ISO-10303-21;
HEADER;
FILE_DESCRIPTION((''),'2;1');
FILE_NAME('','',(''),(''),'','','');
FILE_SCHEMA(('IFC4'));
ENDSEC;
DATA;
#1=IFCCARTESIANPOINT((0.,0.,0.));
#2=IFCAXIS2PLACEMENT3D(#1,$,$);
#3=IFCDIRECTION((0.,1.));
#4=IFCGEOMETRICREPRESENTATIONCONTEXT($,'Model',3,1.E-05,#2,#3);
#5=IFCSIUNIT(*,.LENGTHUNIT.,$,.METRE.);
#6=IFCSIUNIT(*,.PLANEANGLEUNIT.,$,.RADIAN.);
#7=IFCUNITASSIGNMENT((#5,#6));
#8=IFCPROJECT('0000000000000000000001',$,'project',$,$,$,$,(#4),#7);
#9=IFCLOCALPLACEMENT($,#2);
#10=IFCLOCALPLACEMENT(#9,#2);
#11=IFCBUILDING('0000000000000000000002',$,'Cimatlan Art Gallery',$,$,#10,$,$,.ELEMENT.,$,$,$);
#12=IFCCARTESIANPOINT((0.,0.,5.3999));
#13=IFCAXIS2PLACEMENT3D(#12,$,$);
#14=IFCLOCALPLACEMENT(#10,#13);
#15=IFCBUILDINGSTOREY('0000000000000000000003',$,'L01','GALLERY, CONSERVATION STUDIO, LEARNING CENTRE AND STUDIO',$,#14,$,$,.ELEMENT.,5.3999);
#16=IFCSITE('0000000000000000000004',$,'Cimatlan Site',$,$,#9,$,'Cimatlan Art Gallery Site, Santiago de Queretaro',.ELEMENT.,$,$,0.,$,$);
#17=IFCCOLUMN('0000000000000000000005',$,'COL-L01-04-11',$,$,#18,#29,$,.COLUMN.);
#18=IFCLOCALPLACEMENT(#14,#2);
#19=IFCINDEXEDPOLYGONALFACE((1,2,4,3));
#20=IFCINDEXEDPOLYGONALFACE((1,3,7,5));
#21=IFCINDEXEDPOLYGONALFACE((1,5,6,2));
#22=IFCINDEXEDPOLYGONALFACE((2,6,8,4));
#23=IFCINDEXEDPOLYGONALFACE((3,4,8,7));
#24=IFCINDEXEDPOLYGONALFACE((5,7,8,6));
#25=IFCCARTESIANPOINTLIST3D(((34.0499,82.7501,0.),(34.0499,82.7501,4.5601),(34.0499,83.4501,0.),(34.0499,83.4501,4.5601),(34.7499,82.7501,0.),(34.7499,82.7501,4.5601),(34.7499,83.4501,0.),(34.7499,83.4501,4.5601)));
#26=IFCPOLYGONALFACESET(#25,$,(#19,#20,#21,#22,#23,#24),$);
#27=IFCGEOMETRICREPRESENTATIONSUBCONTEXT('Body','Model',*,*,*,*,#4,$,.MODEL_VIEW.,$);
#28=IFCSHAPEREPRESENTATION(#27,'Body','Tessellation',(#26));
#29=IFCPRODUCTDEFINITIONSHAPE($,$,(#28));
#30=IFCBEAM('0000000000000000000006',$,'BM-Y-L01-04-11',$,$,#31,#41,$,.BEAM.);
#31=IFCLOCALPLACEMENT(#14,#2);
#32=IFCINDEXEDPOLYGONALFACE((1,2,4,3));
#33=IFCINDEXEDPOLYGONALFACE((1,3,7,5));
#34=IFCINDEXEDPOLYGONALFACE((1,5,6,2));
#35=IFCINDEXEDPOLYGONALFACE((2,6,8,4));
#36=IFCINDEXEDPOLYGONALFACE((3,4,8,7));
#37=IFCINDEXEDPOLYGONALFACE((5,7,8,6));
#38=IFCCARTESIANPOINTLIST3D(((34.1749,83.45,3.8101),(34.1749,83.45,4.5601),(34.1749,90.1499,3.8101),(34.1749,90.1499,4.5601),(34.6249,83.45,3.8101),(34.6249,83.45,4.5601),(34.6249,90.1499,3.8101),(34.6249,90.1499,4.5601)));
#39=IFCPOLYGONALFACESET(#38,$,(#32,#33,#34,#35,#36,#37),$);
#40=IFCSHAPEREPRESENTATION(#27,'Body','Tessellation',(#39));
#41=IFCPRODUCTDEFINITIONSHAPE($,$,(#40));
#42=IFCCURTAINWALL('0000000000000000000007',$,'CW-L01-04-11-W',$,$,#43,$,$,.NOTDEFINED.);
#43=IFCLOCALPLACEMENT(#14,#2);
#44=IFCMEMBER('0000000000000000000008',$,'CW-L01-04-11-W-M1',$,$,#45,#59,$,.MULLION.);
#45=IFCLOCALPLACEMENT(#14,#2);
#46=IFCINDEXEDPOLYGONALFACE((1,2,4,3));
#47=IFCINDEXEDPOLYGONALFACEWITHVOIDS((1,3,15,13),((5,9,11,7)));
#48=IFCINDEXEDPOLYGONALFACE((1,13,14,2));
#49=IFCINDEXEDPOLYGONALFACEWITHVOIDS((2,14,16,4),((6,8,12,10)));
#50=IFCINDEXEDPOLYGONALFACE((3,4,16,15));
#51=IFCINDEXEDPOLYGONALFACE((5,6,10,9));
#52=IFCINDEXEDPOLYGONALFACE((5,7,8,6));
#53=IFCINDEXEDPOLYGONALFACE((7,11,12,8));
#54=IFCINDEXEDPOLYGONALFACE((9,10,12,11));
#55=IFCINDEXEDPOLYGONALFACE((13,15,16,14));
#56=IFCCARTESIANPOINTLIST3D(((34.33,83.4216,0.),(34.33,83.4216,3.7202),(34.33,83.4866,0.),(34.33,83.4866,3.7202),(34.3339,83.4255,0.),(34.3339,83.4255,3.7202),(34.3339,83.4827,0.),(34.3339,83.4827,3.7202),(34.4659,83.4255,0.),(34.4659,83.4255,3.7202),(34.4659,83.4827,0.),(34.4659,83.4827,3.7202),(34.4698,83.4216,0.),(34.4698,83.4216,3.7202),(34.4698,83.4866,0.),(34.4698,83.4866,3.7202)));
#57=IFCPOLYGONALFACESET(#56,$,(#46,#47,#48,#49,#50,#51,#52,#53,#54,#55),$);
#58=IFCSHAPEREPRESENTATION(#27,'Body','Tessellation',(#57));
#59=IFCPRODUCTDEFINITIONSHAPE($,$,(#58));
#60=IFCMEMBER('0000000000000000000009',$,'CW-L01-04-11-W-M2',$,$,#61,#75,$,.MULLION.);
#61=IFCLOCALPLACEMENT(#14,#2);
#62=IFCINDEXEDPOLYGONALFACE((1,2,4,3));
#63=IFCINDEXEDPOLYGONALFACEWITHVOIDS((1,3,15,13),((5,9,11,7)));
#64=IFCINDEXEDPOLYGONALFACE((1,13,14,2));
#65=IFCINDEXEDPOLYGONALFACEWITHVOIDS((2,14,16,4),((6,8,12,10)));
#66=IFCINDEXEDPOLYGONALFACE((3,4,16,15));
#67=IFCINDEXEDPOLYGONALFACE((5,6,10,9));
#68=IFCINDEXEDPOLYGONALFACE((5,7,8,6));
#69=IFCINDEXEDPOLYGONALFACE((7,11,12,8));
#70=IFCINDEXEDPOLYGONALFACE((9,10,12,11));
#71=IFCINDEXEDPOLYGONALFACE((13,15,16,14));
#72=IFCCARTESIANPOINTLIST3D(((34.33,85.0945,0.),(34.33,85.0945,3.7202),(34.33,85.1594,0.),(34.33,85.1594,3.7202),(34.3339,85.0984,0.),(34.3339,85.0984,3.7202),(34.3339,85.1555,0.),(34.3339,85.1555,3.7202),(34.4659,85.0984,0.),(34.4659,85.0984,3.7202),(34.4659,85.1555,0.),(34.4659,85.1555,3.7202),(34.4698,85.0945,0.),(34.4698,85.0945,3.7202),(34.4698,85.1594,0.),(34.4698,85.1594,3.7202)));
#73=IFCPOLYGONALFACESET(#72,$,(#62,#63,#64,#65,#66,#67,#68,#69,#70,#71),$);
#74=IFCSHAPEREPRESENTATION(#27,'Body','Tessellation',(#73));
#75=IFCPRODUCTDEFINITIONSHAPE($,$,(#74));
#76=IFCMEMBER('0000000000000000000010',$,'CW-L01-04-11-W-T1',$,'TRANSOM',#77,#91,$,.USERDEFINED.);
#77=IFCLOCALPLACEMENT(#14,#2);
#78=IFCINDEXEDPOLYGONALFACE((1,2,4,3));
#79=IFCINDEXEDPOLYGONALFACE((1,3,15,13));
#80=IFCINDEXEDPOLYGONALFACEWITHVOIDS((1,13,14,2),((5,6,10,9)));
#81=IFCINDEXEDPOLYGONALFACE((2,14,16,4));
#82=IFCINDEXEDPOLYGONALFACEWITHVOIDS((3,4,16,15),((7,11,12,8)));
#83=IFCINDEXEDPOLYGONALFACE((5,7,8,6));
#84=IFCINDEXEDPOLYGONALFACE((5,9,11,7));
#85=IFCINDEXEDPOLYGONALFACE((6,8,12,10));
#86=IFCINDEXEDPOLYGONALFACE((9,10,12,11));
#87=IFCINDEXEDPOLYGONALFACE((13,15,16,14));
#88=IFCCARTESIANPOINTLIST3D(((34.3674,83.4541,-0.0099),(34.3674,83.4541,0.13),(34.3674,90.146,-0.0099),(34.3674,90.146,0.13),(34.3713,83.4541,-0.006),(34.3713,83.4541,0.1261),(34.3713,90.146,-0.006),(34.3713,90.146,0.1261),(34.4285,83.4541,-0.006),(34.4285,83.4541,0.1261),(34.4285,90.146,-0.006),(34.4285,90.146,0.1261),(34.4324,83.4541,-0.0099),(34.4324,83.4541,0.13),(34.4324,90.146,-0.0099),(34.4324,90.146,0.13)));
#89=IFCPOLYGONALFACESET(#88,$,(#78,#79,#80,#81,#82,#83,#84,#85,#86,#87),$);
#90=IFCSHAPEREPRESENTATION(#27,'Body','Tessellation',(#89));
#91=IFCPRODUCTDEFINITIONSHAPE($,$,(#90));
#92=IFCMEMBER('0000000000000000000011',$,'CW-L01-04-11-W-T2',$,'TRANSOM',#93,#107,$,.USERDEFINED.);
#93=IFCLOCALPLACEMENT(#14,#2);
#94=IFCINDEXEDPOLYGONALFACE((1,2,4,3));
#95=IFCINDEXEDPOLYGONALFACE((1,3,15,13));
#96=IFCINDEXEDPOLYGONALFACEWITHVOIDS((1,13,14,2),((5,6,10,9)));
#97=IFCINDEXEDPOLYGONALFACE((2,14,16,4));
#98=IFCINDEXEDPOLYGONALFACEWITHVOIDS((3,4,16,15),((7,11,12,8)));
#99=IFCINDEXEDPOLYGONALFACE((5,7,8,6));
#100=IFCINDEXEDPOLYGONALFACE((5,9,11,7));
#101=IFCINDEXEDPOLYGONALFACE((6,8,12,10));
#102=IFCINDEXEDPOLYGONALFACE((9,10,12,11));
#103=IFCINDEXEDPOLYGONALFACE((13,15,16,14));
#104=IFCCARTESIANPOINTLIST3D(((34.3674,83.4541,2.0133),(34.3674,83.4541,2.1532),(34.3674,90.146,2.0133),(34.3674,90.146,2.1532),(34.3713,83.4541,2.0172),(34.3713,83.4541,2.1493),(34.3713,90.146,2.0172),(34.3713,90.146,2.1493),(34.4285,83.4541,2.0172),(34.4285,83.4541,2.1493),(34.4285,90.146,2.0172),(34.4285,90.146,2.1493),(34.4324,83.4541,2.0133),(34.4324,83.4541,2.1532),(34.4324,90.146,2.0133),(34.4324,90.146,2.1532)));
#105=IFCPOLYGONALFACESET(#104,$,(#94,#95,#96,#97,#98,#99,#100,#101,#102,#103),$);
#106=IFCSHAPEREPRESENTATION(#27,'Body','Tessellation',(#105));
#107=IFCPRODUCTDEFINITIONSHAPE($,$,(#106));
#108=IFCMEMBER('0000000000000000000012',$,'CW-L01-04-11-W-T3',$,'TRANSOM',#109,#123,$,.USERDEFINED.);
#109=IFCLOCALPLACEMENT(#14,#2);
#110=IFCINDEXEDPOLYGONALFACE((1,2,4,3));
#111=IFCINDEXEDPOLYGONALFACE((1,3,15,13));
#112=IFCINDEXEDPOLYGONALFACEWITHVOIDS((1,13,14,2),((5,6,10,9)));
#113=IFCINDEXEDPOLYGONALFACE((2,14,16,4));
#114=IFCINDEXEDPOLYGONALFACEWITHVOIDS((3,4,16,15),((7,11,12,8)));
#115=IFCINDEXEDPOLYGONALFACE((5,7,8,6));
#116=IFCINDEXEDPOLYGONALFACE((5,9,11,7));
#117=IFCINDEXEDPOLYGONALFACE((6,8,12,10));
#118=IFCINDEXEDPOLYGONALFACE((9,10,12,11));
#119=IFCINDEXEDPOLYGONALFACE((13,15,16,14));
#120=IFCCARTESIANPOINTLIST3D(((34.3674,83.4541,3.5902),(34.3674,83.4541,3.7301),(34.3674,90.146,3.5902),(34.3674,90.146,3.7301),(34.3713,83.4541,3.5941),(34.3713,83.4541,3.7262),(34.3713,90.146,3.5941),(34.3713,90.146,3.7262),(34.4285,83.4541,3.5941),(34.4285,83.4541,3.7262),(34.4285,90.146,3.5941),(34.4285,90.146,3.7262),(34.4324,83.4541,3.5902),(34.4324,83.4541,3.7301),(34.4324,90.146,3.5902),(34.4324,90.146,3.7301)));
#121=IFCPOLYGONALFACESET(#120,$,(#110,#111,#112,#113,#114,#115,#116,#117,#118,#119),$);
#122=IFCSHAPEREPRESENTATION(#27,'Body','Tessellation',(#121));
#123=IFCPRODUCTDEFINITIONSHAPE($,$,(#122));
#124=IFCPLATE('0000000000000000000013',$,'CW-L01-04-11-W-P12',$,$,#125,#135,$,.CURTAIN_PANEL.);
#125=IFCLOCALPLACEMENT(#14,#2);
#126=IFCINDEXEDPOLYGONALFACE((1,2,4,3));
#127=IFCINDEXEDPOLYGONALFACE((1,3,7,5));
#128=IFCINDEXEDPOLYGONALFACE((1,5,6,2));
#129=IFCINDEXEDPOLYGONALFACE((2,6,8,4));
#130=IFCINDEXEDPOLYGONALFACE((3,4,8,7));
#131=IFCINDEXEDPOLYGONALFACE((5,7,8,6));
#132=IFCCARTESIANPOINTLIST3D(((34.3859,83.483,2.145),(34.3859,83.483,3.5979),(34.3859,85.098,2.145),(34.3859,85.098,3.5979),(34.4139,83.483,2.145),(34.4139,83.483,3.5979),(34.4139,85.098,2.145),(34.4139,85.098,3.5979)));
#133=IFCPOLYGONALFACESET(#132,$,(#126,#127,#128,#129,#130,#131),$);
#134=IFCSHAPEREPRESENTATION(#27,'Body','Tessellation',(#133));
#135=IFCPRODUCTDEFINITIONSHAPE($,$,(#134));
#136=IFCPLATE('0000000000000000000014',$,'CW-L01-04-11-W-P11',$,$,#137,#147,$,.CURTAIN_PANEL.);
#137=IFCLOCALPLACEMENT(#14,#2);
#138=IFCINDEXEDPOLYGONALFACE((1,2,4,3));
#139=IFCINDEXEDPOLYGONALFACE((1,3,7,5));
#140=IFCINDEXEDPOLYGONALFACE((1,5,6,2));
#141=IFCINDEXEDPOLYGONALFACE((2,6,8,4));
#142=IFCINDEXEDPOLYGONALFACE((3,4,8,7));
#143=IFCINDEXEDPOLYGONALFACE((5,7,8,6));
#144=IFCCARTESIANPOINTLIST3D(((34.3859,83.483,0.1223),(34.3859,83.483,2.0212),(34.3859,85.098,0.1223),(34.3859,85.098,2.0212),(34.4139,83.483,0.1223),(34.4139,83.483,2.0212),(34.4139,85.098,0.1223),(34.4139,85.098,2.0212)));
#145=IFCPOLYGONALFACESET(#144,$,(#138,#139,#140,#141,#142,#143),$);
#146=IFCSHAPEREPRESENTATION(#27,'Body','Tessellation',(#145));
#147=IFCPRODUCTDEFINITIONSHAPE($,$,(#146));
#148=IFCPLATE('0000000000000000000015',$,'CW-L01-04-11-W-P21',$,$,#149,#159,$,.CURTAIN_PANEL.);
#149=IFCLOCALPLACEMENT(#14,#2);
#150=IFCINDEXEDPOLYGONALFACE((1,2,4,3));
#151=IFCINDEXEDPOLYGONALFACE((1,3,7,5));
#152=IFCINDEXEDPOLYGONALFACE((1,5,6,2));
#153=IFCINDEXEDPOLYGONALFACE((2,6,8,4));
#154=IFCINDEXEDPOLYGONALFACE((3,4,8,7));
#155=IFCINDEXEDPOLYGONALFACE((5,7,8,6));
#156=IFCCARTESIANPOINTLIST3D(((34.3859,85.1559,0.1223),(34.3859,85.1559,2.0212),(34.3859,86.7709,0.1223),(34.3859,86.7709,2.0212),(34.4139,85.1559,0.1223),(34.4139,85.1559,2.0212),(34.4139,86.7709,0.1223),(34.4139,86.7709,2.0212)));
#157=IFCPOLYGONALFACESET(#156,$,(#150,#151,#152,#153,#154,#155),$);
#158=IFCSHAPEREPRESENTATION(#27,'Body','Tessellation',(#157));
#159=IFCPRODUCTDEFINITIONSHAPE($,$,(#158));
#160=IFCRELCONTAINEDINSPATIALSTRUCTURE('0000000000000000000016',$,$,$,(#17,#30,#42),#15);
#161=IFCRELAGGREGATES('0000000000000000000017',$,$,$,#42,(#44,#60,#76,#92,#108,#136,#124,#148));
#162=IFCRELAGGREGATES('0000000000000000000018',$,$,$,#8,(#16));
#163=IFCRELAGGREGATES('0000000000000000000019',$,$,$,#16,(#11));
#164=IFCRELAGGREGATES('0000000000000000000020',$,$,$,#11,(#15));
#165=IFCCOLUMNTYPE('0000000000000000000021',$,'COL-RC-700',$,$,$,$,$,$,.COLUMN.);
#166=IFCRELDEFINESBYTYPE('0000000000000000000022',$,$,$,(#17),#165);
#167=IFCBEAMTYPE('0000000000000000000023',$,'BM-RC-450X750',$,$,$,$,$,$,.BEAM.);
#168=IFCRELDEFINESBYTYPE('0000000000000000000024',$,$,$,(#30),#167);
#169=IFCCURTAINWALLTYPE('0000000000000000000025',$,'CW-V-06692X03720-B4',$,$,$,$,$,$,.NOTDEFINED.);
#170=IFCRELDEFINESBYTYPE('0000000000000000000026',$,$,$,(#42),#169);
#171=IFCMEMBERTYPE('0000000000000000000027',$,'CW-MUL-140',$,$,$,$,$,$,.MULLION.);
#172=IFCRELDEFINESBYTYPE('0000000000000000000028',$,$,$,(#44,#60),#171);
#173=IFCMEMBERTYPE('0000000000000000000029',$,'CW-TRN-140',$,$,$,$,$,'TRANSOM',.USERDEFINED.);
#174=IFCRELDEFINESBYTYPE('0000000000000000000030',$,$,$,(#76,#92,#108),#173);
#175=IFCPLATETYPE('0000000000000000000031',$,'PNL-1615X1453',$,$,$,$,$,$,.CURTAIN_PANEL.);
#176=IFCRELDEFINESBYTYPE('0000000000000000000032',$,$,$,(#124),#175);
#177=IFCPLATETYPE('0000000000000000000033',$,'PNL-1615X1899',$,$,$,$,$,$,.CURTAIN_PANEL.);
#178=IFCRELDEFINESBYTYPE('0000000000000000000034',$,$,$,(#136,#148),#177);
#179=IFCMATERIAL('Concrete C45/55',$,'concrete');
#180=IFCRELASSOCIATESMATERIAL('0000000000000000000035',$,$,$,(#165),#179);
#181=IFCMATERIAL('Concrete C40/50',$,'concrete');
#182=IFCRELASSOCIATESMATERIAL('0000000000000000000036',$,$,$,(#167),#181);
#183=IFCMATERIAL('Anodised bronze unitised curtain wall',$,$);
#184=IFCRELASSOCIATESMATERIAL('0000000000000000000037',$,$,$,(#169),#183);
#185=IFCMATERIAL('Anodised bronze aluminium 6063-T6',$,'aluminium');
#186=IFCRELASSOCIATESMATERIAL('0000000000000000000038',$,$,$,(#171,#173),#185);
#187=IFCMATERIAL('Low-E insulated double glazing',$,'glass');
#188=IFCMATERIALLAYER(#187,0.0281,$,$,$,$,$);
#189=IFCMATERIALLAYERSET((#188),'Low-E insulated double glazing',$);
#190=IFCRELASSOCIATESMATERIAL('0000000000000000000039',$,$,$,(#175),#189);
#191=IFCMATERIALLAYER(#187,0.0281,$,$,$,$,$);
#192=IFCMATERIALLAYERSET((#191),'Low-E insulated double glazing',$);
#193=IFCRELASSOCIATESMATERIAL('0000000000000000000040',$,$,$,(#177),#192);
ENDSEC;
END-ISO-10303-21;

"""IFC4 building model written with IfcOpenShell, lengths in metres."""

from ifc_helpers import new_model, si_unit, direction, frame, origin, origin_2d, place, context, subcontext, project, spatial, rectangle, hollow_rectangle, extrude, material, layer, layer_set, material_profile, profile_set, type_object, element, aggregate, save


model = new_model("IFC4")

# Units and contexts
model_context = context("Model", 3, precision=1e-05, world=origin(), true_north=direction((0.0, 1.0)))
body_context = subcontext(model_context, "Body", "Model", "MODEL_VIEW")
ifc_project = project(units=[si_unit("LENGTHUNIT", "METRE"), si_unit("PLANEANGLEUNIT", "RADIAN")], contexts=[model_context])

# Site, building, storey
site_placement = place(None, origin())
site = spatial("IfcSite", under=ifc_project, at=site_placement, Name="Cimatlan Site", LongName="Cimatlan Art Gallery Site, Santiago de Queretaro", CompositionType="ELEMENT", RefElevation=0.0)
building_placement = place(site_placement, origin())
building = spatial("IfcBuilding", under=site, at=building_placement, Name="Cimatlan Art Gallery", CompositionType="ELEMENT")
storey_placement = place(building_placement, frame((0.0, 0.0, 5.3999)))
storey = spatial("IfcBuildingStorey", under=building, at=storey_placement, Name="L01", Description="GALLERY, CONSERVATION STUDIO, LEARNING CENTRE AND STUDIO", CompositionType="ELEMENT", Elevation=5.3999)

# Column
ifc_material_1 = material(Name="Concrete C45/55", Category="concrete")
ifc_material_profile_1 = material_profile(ifc_material_1, rectangle(XDim=0.7, YDim=0.7, at=origin_2d()), Name="RC700X700")
ifc_profile_set_1 = profile_set([ifc_material_profile_1], Name="Concrete C45/55")
column_type = type_object("IfcColumnType", Name="COL-RC-700", PredefinedType="COLUMN", material=ifc_profile_set_1)
column_placement = place(storey_placement, frame((34.3999, 83.1001, 0.0), z_axis=(0.0, 0.0, 1.0), x_axis=(1.0, 0.0, 0.0)))
element("IfcColumn", 1, at=column_placement, inside=storey, type_object=column_type, Name="COL-L01-04-11", PredefinedType="COLUMN", context=body_context, shape_type="SweptSolid", body=[
    extrude(rectangle(XDim=0.7, YDim=0.7, at=origin_2d()), origin(), (0.0, 0.0, 1.0), 4.5601),
])

# Beam
ifc_material_2 = material(Name="Concrete C40/50", Category="concrete")
ifc_material_profile_2 = material_profile(ifc_material_2, rectangle(XDim=0.45, YDim=0.75, at=origin_2d()), Name="RC450X750")
ifc_profile_set_2 = profile_set([ifc_material_profile_2], Name="Concrete C40/50")
beam_type = type_object("IfcBeamType", Name="BM-RC-450X750", PredefinedType="BEAM", material=ifc_profile_set_2)
beam_placement = place(storey_placement, frame((34.3999, 83.45, 4.1851), z_axis=(0.0, 1.0, 0.0), x_axis=(-1.0, 0.0, 0.0)))
element("IfcBeam", 2, at=beam_placement, inside=storey, type_object=beam_type, Name="BM-Y-L01-04-11", PredefinedType="BEAM", context=body_context, shape_type="SweptSolid", body=[
    extrude(rectangle(XDim=0.45, YDim=0.75, at=origin_2d()), origin(), (0.0, 0.0, 1.0), 6.7),
])

# Curtain wall, members, plates
ifc_material_3 = material(Name="Anodised bronze unitised curtain wall")
curtain_wall_type = type_object("IfcCurtainWallType", Name="CW-V-06692X03720-B4", PredefinedType="NOTDEFINED", material=ifc_material_3)
curtain_wall_placement = place(storey_placement, origin())
curtain_wall = element("IfcCurtainWall", 3, at=curtain_wall_placement, inside=storey, type_object=curtain_wall_type, Name="CW-L01-04-11-W", PredefinedType="NOTDEFINED")
ifc_material_4 = material(Name="Anodised bronze aluminium 6063-T6", Category="aluminium")
ifc_material_profile_3 = material_profile(ifc_material_4, hollow_rectangle(XDim=0.0649, YDim=0.1399, WallThickness=0.0039, at=origin_2d()), Name="ALU65X140X4")
ifc_profile_set_3 = profile_set([ifc_material_profile_3], Name="Anodised bronze aluminium 6063-T6")
member_type_1 = type_object("IfcMemberType", Name="CW-MUL-140", PredefinedType="MULLION", material=ifc_profile_set_3)
member_1_placement = place(storey_placement, frame((34.3999, 83.4541, 0.0), z_axis=(0.0, 0.0, 1.0), x_axis=(0.0, 1.0, 0.0)))
member_1 = element("IfcMember", 4, at=member_1_placement, type_object=member_type_1, Name="CW-L01-04-11-W-M1", PredefinedType="MULLION", context=body_context, shape_type="SweptSolid", body=[
    extrude(hollow_rectangle(XDim=0.0649, YDim=0.1399, WallThickness=0.0039, at=origin_2d()), origin(), (0.0, 0.0, 1.0), 3.7202),
])
member_2_placement = place(storey_placement, frame((34.3999, 85.127, 0.0), z_axis=(0.0, 0.0, 1.0), x_axis=(0.0, 1.0, 0.0)))
member_2 = element("IfcMember", 5, at=member_2_placement, type_object=member_type_1, Name="CW-L01-04-11-W-M2", PredefinedType="MULLION", context=body_context, shape_type="SweptSolid", body=[
    extrude(hollow_rectangle(XDim=0.0649, YDim=0.1399, WallThickness=0.0039, at=origin_2d()), origin(), (0.0, 0.0, 1.0), 3.7202),
])
ifc_material_profile_4 = material_profile(ifc_material_4, hollow_rectangle(XDim=0.0649, YDim=0.1399, WallThickness=0.0039, at=origin_2d()), Name="ALU65X140X4")
ifc_profile_set_4 = profile_set([ifc_material_profile_4], Name="Anodised bronze aluminium 6063-T6")
member_type_2 = type_object("IfcMemberType", Name="CW-TRN-140", ElementType="TRANSOM", PredefinedType="USERDEFINED", material=ifc_profile_set_4)
member_3_placement = place(storey_placement, frame((34.3999, 83.4541, 0.0601), z_axis=(0.0, 1.0, 0.0), x_axis=(-1.0, 0.0, 0.0)))
member_3 = element("IfcMember", 6, at=member_3_placement, type_object=member_type_2, Name="CW-L01-04-11-W-T1", ObjectType="TRANSOM", PredefinedType="USERDEFINED", context=body_context, shape_type="SweptSolid", body=[
    extrude(hollow_rectangle(XDim=0.0649, YDim=0.1399, WallThickness=0.0039, at=origin_2d()), origin(), (0.0, 0.0, 1.0), 6.6919),
])
member_4_placement = place(storey_placement, frame((34.3999, 83.4541, 2.0833), z_axis=(0.0, 1.0, 0.0), x_axis=(-1.0, 0.0, 0.0)))
member_4 = element("IfcMember", 7, at=member_4_placement, type_object=member_type_2, Name="CW-L01-04-11-W-T2", ObjectType="TRANSOM", PredefinedType="USERDEFINED", context=body_context, shape_type="SweptSolid", body=[
    extrude(hollow_rectangle(XDim=0.0649, YDim=0.1399, WallThickness=0.0039, at=origin_2d()), origin(), (0.0, 0.0, 1.0), 6.6919),
])
member_5_placement = place(storey_placement, frame((34.3999, 83.4541, 3.6602), z_axis=(0.0, 1.0, 0.0), x_axis=(-1.0, 0.0, 0.0)))
member_5 = element("IfcMember", 8, at=member_5_placement, type_object=member_type_2, Name="CW-L01-04-11-W-T3", ObjectType="TRANSOM", PredefinedType="USERDEFINED", context=body_context, shape_type="SweptSolid", body=[
    extrude(hollow_rectangle(XDim=0.0649, YDim=0.1399, WallThickness=0.0039, at=origin_2d()), origin(), (0.0, 0.0, 1.0), 6.6919),
])
ifc_material_5 = material(Name="Low-E insulated double glazing", Category="glass")
ifc_layer_1 = layer(ifc_material_5, 0.0281)
ifc_layer_set_1 = layer_set([ifc_layer_1], Name="Low-E insulated double glazing")
plate_type_1 = type_object("IfcPlateType", Name="PNL-1615X1453", PredefinedType="CURTAIN_PANEL", material=ifc_layer_set_1)
plate_1_placement = place(storey_placement, frame((34.3999, 84.2905, 2.145), z_axis=(0.0, 0.0, 1.0), x_axis=(0.0, 1.0, 0.0)))
plate_1 = element("IfcPlate", 9, at=plate_1_placement, type_object=plate_type_1, Name="CW-L01-04-11-W-P12", PredefinedType="CURTAIN_PANEL", context=body_context, shape_type="SweptSolid", body=[
    extrude(rectangle(XDim=1.615, YDim=0.0281, at=origin_2d()), origin(), (0.0, 0.0, 1.0), 1.4529),
])
ifc_layer_2 = layer(ifc_material_5, 0.0281)
ifc_layer_set_2 = layer_set([ifc_layer_2], Name="Low-E insulated double glazing")
plate_type_2 = type_object("IfcPlateType", Name="PNL-1615X1899", PredefinedType="CURTAIN_PANEL", material=ifc_layer_set_2)
plate_2_placement = place(storey_placement, frame((34.3999, 84.2905, 0.1223), z_axis=(0.0, 0.0, 1.0), x_axis=(0.0, 1.0, 0.0)))
plate_2 = element("IfcPlate", 10, at=plate_2_placement, type_object=plate_type_2, Name="CW-L01-04-11-W-P11", PredefinedType="CURTAIN_PANEL", context=body_context, shape_type="SweptSolid", body=[
    extrude(rectangle(XDim=1.615, YDim=0.0281, at=origin_2d()), origin(), (0.0, 0.0, 1.0), 1.8989),
])
plate_3_placement = place(storey_placement, frame((34.3999, 85.9634, 0.1223), z_axis=(0.0, 0.0, 1.0), x_axis=(0.0, 1.0, 0.0)))
plate_3 = element("IfcPlate", 11, at=plate_3_placement, type_object=plate_type_2, Name="CW-L01-04-11-W-P21", PredefinedType="CURTAIN_PANEL", context=body_context, shape_type="SweptSolid", body=[
    extrude(rectangle(XDim=1.615, YDim=0.0281, at=origin_2d()), origin(), (0.0, 0.0, 1.0), 1.8989),
])
aggregate(curtain_wall, [member_1, member_2, member_3, member_4, member_5, plate_2, plate_1, plate_3])

save(model, "model.ifc")
